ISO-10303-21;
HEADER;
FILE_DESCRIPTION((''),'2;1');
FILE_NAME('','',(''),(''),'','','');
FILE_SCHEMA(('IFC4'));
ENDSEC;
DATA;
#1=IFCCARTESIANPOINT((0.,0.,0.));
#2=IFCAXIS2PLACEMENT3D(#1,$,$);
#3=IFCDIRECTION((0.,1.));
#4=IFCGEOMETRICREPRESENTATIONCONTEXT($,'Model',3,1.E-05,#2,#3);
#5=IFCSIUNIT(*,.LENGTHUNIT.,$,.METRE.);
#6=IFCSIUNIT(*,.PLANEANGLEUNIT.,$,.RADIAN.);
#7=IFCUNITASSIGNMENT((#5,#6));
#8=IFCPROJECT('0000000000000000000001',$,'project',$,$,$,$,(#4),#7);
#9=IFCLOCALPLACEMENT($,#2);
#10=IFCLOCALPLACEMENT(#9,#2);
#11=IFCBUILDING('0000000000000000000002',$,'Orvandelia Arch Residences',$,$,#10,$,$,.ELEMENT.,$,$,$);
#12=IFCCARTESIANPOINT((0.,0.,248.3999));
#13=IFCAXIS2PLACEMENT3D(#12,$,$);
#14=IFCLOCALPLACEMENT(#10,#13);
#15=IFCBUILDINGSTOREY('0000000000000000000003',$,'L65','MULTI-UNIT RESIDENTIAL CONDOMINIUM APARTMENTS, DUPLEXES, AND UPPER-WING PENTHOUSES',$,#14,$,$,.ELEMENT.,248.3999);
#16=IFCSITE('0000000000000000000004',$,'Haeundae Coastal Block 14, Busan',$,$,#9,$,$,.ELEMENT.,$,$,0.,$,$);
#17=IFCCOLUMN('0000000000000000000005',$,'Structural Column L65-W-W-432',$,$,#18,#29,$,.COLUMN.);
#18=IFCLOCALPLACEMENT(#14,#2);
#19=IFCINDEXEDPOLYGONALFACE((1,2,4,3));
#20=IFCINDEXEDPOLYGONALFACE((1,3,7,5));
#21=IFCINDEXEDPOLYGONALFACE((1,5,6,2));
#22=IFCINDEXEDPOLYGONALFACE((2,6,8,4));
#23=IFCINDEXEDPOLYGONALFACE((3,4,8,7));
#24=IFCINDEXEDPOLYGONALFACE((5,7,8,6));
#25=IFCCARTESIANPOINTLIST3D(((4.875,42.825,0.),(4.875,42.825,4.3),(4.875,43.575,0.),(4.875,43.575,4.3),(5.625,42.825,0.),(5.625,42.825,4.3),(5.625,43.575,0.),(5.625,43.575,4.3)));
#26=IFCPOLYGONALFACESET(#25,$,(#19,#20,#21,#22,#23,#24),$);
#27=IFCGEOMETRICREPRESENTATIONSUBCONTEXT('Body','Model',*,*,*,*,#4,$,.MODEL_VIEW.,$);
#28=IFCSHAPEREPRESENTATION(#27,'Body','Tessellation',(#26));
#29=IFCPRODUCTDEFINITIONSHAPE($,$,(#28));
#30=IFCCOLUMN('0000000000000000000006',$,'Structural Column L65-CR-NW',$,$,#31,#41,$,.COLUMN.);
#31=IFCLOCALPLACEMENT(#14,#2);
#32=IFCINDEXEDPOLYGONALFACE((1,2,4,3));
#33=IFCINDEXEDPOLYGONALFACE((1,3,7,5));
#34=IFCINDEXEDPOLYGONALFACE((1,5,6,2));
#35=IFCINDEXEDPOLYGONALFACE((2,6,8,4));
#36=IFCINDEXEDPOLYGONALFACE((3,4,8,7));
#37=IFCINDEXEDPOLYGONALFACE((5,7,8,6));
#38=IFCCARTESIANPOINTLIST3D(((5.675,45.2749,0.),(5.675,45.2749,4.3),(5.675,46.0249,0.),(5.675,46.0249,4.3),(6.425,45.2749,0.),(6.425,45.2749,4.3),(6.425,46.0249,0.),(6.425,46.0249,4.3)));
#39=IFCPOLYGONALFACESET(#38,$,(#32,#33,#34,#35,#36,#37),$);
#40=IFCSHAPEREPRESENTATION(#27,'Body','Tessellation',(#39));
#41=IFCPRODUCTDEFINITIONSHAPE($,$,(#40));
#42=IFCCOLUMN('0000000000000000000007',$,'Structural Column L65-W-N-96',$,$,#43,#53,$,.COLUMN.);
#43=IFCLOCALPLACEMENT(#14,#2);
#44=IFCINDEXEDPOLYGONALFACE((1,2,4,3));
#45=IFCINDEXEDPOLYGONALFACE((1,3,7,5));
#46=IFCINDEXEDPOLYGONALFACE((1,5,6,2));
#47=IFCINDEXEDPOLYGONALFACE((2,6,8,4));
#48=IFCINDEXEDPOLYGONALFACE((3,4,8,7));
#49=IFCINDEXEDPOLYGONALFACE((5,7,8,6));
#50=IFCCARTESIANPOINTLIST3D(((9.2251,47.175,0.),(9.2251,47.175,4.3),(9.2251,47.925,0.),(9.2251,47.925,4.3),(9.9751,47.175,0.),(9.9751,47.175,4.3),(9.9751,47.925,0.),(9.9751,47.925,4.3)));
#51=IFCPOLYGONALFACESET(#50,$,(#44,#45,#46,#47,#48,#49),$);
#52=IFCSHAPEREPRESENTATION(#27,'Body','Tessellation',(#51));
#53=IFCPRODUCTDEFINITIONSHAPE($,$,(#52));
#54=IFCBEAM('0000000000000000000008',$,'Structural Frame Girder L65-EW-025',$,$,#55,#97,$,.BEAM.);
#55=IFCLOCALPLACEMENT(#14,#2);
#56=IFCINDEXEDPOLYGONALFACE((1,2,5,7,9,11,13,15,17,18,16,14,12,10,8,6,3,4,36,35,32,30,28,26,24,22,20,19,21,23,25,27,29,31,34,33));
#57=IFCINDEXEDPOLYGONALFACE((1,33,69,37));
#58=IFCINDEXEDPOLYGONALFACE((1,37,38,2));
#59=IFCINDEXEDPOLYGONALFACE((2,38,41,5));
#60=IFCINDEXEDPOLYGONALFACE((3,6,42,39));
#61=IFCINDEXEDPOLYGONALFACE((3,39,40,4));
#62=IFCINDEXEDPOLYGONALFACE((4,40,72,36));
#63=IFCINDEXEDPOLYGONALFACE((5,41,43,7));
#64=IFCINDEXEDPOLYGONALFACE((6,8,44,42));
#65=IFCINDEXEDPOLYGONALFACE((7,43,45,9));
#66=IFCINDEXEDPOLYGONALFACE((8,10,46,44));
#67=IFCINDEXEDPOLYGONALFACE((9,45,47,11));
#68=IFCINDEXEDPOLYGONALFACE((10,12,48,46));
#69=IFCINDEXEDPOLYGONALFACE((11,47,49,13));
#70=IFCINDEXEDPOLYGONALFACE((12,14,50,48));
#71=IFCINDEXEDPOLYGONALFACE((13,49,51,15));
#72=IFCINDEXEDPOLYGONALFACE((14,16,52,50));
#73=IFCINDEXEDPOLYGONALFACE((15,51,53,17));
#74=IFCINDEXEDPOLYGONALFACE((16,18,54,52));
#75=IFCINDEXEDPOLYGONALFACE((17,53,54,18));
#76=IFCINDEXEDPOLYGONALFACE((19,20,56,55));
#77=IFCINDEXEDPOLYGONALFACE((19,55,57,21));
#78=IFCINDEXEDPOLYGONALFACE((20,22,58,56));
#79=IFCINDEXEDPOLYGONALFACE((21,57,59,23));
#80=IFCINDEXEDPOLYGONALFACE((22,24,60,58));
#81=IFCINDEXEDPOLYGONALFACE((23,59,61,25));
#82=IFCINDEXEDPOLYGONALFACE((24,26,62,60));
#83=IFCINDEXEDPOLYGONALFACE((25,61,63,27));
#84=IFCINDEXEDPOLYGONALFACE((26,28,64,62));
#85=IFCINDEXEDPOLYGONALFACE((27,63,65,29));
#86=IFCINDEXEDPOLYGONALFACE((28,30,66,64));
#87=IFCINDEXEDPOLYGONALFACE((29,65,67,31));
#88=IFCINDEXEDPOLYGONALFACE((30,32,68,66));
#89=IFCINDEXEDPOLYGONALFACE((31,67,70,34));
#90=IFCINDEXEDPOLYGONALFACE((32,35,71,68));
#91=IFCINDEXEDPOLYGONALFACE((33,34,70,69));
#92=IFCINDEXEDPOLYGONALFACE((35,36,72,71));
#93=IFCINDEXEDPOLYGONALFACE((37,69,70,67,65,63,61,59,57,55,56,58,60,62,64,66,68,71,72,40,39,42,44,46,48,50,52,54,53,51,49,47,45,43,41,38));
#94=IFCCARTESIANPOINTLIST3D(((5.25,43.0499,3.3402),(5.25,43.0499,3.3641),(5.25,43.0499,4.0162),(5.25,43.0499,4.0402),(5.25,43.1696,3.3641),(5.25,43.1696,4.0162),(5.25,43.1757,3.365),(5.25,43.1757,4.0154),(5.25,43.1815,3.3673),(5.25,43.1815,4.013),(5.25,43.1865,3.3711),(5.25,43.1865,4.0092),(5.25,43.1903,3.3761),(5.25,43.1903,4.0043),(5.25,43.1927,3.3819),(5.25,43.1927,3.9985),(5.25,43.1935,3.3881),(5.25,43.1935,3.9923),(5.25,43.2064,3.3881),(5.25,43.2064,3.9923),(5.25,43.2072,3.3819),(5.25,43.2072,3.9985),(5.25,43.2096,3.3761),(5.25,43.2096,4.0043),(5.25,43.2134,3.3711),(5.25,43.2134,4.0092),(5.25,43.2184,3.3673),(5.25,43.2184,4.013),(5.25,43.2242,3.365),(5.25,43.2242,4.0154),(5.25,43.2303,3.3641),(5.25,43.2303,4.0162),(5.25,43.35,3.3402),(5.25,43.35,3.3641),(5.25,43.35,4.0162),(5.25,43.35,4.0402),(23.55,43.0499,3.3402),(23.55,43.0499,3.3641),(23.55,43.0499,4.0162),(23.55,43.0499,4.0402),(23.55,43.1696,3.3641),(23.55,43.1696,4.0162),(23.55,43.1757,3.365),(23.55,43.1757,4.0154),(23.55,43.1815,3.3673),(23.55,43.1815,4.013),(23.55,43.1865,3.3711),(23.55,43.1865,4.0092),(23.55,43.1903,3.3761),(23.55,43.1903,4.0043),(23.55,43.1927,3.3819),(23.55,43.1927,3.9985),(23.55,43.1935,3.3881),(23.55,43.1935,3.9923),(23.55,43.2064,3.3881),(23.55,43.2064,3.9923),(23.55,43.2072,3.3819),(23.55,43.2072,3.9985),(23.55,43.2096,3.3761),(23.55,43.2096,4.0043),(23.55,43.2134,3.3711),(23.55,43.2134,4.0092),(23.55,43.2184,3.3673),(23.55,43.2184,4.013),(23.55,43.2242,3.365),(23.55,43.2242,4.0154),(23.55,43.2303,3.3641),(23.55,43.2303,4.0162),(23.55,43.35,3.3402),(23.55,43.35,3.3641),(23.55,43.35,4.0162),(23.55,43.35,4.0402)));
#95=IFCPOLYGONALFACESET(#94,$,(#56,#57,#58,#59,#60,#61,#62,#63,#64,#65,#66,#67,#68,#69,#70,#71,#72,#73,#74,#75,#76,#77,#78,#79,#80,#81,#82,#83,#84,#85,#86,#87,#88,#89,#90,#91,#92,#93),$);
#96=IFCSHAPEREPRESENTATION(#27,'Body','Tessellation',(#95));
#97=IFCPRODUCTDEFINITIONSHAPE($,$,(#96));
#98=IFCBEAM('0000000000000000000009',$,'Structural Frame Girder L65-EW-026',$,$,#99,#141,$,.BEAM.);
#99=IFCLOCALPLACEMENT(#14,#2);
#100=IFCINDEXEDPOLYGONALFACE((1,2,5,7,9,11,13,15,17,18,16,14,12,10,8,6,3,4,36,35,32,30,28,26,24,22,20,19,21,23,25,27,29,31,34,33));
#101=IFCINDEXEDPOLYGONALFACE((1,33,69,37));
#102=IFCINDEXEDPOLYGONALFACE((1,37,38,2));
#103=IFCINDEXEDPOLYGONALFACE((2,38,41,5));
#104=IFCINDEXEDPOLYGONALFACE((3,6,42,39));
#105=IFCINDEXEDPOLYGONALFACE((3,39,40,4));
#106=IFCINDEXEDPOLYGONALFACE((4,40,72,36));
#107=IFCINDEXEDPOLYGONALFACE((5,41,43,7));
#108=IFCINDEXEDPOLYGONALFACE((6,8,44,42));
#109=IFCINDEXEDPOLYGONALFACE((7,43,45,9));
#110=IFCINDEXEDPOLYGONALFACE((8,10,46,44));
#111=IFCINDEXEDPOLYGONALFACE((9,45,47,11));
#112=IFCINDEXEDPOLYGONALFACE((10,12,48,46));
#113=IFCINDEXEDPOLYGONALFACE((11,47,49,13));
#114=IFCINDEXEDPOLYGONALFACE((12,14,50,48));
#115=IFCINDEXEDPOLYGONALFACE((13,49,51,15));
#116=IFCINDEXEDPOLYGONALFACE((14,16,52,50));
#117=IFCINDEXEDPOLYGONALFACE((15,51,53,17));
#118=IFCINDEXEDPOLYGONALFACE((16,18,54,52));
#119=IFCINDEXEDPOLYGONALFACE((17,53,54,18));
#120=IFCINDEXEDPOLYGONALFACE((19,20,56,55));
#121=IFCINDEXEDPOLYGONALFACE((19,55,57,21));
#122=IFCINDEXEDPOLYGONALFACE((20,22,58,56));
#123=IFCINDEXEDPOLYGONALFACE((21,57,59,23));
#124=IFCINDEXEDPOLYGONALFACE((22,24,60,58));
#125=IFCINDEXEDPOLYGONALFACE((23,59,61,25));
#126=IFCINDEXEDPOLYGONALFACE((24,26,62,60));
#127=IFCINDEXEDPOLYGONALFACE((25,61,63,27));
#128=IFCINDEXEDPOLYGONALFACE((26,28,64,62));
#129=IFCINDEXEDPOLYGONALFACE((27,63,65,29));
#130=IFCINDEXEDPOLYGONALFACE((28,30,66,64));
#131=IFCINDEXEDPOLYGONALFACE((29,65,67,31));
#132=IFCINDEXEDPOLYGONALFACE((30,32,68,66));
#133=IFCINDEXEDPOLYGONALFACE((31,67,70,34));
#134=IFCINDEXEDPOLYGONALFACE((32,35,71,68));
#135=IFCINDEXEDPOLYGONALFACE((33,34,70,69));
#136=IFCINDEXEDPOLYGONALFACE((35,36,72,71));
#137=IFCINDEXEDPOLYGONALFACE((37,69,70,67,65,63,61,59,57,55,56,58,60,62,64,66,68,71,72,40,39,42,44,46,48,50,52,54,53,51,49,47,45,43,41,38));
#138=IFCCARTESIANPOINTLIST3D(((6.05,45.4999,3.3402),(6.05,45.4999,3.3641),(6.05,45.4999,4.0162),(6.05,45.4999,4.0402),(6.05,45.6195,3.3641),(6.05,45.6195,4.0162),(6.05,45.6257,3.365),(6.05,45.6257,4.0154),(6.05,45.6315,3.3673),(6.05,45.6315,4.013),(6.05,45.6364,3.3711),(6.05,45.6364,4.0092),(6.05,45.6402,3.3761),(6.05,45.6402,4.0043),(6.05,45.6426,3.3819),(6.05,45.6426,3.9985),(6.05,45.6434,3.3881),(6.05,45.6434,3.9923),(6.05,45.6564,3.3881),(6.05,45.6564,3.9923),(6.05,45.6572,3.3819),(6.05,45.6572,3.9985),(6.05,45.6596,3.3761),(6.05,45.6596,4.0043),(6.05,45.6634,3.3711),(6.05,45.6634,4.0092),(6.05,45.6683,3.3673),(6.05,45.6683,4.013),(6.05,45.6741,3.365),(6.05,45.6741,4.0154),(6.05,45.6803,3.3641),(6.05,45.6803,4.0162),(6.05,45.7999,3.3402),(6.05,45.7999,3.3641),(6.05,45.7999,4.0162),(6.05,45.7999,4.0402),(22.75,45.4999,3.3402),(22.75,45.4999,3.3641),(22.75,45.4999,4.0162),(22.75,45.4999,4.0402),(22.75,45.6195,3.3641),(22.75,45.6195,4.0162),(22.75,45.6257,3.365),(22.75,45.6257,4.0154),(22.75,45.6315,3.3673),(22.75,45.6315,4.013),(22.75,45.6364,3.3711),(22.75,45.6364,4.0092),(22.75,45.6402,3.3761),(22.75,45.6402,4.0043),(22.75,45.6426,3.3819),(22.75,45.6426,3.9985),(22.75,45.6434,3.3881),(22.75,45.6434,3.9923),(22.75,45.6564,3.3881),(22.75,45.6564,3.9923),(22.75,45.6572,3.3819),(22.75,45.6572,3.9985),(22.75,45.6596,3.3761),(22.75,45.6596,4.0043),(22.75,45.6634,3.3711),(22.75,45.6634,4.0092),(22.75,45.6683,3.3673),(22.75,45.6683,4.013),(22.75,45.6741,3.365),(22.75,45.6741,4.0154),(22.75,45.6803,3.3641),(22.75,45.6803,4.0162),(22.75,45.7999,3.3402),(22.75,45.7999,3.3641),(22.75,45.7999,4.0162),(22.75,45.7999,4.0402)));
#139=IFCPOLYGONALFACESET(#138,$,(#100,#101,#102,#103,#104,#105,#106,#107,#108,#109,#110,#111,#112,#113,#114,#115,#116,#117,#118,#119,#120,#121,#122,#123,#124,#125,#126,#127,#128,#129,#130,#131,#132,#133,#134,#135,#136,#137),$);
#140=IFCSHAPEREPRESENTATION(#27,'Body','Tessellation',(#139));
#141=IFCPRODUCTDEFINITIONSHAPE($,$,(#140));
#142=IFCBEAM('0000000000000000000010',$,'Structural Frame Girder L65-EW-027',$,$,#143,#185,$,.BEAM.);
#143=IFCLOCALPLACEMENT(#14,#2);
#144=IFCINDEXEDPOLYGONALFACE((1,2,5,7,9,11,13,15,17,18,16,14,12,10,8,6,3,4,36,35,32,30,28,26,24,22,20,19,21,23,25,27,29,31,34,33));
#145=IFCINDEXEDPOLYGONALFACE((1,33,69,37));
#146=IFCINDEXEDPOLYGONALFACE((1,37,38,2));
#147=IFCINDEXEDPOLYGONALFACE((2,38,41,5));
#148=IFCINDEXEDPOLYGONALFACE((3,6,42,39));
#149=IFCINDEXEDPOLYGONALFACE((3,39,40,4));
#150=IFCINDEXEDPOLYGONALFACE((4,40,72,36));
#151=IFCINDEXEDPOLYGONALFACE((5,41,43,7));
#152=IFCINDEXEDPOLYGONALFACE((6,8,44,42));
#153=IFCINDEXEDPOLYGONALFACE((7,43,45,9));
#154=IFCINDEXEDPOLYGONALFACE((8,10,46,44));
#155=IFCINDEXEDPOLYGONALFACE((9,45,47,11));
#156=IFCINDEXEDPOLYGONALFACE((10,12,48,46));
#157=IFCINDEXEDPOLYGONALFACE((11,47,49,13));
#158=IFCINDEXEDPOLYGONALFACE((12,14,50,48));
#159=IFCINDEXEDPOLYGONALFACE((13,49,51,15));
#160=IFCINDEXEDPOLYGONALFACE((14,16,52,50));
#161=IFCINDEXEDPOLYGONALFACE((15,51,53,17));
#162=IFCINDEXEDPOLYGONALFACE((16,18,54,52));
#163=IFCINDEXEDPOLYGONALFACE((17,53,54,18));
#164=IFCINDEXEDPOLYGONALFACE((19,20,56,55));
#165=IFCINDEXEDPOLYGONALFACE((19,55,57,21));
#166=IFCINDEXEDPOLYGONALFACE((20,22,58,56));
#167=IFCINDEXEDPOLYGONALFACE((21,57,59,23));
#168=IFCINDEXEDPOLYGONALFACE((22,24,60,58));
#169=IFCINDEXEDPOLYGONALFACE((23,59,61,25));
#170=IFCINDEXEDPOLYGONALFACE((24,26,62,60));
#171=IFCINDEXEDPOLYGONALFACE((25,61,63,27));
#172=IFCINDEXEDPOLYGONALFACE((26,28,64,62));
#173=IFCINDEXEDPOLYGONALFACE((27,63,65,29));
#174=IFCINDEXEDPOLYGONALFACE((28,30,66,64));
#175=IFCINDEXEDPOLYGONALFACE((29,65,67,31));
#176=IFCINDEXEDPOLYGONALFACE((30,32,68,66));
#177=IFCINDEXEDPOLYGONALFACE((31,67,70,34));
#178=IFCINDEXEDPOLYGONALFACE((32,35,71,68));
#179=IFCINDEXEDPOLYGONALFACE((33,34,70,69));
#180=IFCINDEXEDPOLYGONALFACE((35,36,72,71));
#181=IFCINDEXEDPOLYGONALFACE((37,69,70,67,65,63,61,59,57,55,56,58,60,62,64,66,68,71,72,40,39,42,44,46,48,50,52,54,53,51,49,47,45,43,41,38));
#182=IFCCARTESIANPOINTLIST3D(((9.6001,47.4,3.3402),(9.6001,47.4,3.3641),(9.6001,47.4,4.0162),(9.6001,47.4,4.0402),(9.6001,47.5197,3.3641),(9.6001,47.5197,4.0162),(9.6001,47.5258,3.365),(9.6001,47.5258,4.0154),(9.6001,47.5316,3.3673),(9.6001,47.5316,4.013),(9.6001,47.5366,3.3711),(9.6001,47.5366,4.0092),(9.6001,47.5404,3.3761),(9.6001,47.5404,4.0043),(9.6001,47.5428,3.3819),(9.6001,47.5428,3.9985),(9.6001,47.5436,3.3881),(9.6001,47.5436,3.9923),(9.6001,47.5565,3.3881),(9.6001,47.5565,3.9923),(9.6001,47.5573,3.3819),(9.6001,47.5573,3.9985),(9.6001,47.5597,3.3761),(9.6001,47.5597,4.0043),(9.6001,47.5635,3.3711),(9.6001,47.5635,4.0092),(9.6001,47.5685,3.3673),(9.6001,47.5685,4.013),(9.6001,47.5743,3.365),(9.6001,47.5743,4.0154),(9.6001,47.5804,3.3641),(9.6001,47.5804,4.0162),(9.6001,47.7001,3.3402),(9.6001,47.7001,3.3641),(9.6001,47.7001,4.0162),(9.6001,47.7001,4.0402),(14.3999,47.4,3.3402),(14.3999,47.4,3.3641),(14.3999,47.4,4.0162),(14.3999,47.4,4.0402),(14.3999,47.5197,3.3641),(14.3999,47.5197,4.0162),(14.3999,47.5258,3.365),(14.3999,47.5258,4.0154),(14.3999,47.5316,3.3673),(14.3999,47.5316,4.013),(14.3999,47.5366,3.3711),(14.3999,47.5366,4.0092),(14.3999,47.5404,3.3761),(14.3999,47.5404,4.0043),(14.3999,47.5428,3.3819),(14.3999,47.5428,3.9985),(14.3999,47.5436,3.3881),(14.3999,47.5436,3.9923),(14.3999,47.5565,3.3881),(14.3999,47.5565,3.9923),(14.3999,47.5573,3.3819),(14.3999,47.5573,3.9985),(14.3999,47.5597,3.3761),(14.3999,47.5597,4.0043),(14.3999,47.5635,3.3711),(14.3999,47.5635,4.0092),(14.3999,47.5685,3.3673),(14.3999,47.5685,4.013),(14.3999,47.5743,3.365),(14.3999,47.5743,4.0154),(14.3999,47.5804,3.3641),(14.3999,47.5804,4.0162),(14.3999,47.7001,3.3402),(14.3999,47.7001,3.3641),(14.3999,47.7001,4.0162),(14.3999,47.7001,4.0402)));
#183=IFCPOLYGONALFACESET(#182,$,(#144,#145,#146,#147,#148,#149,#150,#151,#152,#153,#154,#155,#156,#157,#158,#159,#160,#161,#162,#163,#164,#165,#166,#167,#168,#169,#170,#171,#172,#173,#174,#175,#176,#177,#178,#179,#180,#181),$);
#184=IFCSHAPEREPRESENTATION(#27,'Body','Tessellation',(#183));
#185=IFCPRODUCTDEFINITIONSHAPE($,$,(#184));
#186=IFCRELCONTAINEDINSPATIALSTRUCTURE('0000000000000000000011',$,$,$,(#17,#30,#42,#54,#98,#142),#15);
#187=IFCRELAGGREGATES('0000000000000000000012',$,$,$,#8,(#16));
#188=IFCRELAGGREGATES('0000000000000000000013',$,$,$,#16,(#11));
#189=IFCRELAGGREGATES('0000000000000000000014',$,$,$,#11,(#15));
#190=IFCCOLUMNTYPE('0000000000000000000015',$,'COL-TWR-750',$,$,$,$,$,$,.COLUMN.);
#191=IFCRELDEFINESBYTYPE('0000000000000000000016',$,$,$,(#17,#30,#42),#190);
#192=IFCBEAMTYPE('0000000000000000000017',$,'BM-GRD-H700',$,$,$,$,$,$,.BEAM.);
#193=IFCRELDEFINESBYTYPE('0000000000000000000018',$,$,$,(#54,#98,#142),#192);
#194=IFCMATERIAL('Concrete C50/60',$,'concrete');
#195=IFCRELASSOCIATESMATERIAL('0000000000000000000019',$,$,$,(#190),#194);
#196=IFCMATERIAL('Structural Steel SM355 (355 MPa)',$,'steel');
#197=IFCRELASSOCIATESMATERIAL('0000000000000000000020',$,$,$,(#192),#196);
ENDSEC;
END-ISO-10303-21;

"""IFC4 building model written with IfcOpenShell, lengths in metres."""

from ifc_helpers import new_model, si_unit, direction, frame, origin, origin_2d, place, context, subcontext, project, spatial, rectangle, i_section, extrude, material, material_profile, profile_set, type_object, element, save


model = new_model("IFC4")

# Units and contexts
model_context = context("Model", 3, precision=1e-05, world=origin(), true_north=direction((0.0, 1.0)))
body_context = subcontext(model_context, "Body", "Model", "MODEL_VIEW")
ifc_project = project(units=[si_unit("LENGTHUNIT", "METRE"), si_unit("PLANEANGLEUNIT", "RADIAN")], contexts=[model_context])

# Site, building, storey
site_placement = place(None, origin())
site = spatial("IfcSite", under=ifc_project, at=site_placement, Name="Haeundae Coastal Block 14, Busan", CompositionType="ELEMENT", RefElevation=0.0)
building_placement = place(site_placement, origin())
building = spatial("IfcBuilding", under=site, at=building_placement, Name="Orvandelia Arch Residences", CompositionType="ELEMENT")
storey_placement = place(building_placement, frame((0.0, 0.0, 248.3999)))
storey = spatial("IfcBuildingStorey", under=building, at=storey_placement, Name="L65", Description="MULTI-UNIT RESIDENTIAL CONDOMINIUM APARTMENTS, DUPLEXES, AND UPPER-WING PENTHOUSES", CompositionType="ELEMENT", Elevation=248.3999)

# Columns
ifc_material_1 = material(Name="Concrete C50/60", Category="concrete")
ifc_material_profile_1 = material_profile(ifc_material_1, rectangle(XDim=0.75, YDim=0.75, at=origin_2d()), Name="Concrete C50/60", Category="concrete")
ifc_profile_set_1 = profile_set([ifc_material_profile_1], Name="Concrete C50/60")
column_type = type_object("IfcColumnType", Name="COL-TWR-750", PredefinedType="COLUMN", material=ifc_profile_set_1)
for number, where, z_axis, x_axis, name in (
    (1, (5.25, 43.2, 0.0), (0.0, 0.0, 1.0), (1.0, 0.0, 0.0), "Structural Column L65-W-W-432"),
    (2, (6.05, 45.6499, 0.0), (0.0, 0.0, 1.0), (1.0, 0.0, 0.0), "Structural Column L65-CR-NW"),
    (3, (9.6001, 47.55, 0.0), (0.0, 0.0, 1.0), (1.0, 0.0, 0.0), "Structural Column L65-W-N-96"),
):
    element("IfcColumn", number, at=place(storey_placement, frame(where, z_axis=z_axis, x_axis=x_axis)), inside=storey, type_object=column_type, Name=name, PredefinedType="COLUMN", context=body_context, shape_type="SweptSolid", body=[
        extrude(rectangle(XDim=0.75, YDim=0.75, at=origin_2d()), origin(), (0.0, 0.0, 1.0), 4.3),
    ])

# Beams
ifc_material_2 = material(Name="Structural Steel SM355 (355 MPa)", Category="steel")
ifc_material_profile_2 = material_profile(ifc_material_2, i_section(OverallWidth=0.3, OverallDepth=0.7, WebThickness=0.0129, FlangeThickness=0.0239, FilletRadius=0.0239, at=origin_2d()), Name="Structural Steel SM355 (355 MPa)", Category="steel")
ifc_profile_set_2 = profile_set([ifc_material_profile_2], Name="Structural Steel SM355 (355 MPa)")
beam_type = type_object("IfcBeamType", Name="BM-GRD-H700", PredefinedType="BEAM", material=ifc_profile_set_2)
beam_1_placement = place(storey_placement, frame((5.25, 43.2, 3.6902), z_axis=(1.0, 0.0, 0.0), x_axis=(0.0, 1.0, 0.0)))
element("IfcBeam", 4, at=beam_1_placement, inside=storey, type_object=beam_type, Name="Structural Frame Girder L65-EW-025", PredefinedType="BEAM", context=body_context, shape_type="SweptSolid", body=[
    extrude(i_section(OverallWidth=0.3, OverallDepth=0.7, WebThickness=0.0129, FlangeThickness=0.0239, FilletRadius=0.0239, at=origin_2d()), origin(), (0.0, 0.0, 1.0), 18.3),
])
beam_2_placement = place(storey_placement, frame((6.05, 45.6499, 3.6902), z_axis=(1.0, 0.0, 0.0), x_axis=(0.0, 1.0, 0.0)))
element("IfcBeam", 5, at=beam_2_placement, inside=storey, type_object=beam_type, Name="Structural Frame Girder L65-EW-026", PredefinedType="BEAM", context=body_context, shape_type="SweptSolid", body=[
    extrude(i_section(OverallWidth=0.3, OverallDepth=0.7, WebThickness=0.0129, FlangeThickness=0.0239, FilletRadius=0.0239, at=origin_2d()), origin(), (0.0, 0.0, 1.0), 16.7),
])
beam_3_placement = place(storey_placement, frame((9.6001, 47.55, 3.6902), z_axis=(1.0, 0.0, 0.0), x_axis=(0.0, 1.0, 0.0)))
element("IfcBeam", 6, at=beam_3_placement, inside=storey, type_object=beam_type, Name="Structural Frame Girder L65-EW-027", PredefinedType="BEAM", context=body_context, shape_type="SweptSolid", body=[
    extrude(i_section(OverallWidth=0.3, OverallDepth=0.7, WebThickness=0.0129, FlangeThickness=0.0239, FilletRadius=0.0239, at=origin_2d()), origin(), (0.0, 0.0, 1.0), 4.7998),
])

save(model, "model.ifc")
